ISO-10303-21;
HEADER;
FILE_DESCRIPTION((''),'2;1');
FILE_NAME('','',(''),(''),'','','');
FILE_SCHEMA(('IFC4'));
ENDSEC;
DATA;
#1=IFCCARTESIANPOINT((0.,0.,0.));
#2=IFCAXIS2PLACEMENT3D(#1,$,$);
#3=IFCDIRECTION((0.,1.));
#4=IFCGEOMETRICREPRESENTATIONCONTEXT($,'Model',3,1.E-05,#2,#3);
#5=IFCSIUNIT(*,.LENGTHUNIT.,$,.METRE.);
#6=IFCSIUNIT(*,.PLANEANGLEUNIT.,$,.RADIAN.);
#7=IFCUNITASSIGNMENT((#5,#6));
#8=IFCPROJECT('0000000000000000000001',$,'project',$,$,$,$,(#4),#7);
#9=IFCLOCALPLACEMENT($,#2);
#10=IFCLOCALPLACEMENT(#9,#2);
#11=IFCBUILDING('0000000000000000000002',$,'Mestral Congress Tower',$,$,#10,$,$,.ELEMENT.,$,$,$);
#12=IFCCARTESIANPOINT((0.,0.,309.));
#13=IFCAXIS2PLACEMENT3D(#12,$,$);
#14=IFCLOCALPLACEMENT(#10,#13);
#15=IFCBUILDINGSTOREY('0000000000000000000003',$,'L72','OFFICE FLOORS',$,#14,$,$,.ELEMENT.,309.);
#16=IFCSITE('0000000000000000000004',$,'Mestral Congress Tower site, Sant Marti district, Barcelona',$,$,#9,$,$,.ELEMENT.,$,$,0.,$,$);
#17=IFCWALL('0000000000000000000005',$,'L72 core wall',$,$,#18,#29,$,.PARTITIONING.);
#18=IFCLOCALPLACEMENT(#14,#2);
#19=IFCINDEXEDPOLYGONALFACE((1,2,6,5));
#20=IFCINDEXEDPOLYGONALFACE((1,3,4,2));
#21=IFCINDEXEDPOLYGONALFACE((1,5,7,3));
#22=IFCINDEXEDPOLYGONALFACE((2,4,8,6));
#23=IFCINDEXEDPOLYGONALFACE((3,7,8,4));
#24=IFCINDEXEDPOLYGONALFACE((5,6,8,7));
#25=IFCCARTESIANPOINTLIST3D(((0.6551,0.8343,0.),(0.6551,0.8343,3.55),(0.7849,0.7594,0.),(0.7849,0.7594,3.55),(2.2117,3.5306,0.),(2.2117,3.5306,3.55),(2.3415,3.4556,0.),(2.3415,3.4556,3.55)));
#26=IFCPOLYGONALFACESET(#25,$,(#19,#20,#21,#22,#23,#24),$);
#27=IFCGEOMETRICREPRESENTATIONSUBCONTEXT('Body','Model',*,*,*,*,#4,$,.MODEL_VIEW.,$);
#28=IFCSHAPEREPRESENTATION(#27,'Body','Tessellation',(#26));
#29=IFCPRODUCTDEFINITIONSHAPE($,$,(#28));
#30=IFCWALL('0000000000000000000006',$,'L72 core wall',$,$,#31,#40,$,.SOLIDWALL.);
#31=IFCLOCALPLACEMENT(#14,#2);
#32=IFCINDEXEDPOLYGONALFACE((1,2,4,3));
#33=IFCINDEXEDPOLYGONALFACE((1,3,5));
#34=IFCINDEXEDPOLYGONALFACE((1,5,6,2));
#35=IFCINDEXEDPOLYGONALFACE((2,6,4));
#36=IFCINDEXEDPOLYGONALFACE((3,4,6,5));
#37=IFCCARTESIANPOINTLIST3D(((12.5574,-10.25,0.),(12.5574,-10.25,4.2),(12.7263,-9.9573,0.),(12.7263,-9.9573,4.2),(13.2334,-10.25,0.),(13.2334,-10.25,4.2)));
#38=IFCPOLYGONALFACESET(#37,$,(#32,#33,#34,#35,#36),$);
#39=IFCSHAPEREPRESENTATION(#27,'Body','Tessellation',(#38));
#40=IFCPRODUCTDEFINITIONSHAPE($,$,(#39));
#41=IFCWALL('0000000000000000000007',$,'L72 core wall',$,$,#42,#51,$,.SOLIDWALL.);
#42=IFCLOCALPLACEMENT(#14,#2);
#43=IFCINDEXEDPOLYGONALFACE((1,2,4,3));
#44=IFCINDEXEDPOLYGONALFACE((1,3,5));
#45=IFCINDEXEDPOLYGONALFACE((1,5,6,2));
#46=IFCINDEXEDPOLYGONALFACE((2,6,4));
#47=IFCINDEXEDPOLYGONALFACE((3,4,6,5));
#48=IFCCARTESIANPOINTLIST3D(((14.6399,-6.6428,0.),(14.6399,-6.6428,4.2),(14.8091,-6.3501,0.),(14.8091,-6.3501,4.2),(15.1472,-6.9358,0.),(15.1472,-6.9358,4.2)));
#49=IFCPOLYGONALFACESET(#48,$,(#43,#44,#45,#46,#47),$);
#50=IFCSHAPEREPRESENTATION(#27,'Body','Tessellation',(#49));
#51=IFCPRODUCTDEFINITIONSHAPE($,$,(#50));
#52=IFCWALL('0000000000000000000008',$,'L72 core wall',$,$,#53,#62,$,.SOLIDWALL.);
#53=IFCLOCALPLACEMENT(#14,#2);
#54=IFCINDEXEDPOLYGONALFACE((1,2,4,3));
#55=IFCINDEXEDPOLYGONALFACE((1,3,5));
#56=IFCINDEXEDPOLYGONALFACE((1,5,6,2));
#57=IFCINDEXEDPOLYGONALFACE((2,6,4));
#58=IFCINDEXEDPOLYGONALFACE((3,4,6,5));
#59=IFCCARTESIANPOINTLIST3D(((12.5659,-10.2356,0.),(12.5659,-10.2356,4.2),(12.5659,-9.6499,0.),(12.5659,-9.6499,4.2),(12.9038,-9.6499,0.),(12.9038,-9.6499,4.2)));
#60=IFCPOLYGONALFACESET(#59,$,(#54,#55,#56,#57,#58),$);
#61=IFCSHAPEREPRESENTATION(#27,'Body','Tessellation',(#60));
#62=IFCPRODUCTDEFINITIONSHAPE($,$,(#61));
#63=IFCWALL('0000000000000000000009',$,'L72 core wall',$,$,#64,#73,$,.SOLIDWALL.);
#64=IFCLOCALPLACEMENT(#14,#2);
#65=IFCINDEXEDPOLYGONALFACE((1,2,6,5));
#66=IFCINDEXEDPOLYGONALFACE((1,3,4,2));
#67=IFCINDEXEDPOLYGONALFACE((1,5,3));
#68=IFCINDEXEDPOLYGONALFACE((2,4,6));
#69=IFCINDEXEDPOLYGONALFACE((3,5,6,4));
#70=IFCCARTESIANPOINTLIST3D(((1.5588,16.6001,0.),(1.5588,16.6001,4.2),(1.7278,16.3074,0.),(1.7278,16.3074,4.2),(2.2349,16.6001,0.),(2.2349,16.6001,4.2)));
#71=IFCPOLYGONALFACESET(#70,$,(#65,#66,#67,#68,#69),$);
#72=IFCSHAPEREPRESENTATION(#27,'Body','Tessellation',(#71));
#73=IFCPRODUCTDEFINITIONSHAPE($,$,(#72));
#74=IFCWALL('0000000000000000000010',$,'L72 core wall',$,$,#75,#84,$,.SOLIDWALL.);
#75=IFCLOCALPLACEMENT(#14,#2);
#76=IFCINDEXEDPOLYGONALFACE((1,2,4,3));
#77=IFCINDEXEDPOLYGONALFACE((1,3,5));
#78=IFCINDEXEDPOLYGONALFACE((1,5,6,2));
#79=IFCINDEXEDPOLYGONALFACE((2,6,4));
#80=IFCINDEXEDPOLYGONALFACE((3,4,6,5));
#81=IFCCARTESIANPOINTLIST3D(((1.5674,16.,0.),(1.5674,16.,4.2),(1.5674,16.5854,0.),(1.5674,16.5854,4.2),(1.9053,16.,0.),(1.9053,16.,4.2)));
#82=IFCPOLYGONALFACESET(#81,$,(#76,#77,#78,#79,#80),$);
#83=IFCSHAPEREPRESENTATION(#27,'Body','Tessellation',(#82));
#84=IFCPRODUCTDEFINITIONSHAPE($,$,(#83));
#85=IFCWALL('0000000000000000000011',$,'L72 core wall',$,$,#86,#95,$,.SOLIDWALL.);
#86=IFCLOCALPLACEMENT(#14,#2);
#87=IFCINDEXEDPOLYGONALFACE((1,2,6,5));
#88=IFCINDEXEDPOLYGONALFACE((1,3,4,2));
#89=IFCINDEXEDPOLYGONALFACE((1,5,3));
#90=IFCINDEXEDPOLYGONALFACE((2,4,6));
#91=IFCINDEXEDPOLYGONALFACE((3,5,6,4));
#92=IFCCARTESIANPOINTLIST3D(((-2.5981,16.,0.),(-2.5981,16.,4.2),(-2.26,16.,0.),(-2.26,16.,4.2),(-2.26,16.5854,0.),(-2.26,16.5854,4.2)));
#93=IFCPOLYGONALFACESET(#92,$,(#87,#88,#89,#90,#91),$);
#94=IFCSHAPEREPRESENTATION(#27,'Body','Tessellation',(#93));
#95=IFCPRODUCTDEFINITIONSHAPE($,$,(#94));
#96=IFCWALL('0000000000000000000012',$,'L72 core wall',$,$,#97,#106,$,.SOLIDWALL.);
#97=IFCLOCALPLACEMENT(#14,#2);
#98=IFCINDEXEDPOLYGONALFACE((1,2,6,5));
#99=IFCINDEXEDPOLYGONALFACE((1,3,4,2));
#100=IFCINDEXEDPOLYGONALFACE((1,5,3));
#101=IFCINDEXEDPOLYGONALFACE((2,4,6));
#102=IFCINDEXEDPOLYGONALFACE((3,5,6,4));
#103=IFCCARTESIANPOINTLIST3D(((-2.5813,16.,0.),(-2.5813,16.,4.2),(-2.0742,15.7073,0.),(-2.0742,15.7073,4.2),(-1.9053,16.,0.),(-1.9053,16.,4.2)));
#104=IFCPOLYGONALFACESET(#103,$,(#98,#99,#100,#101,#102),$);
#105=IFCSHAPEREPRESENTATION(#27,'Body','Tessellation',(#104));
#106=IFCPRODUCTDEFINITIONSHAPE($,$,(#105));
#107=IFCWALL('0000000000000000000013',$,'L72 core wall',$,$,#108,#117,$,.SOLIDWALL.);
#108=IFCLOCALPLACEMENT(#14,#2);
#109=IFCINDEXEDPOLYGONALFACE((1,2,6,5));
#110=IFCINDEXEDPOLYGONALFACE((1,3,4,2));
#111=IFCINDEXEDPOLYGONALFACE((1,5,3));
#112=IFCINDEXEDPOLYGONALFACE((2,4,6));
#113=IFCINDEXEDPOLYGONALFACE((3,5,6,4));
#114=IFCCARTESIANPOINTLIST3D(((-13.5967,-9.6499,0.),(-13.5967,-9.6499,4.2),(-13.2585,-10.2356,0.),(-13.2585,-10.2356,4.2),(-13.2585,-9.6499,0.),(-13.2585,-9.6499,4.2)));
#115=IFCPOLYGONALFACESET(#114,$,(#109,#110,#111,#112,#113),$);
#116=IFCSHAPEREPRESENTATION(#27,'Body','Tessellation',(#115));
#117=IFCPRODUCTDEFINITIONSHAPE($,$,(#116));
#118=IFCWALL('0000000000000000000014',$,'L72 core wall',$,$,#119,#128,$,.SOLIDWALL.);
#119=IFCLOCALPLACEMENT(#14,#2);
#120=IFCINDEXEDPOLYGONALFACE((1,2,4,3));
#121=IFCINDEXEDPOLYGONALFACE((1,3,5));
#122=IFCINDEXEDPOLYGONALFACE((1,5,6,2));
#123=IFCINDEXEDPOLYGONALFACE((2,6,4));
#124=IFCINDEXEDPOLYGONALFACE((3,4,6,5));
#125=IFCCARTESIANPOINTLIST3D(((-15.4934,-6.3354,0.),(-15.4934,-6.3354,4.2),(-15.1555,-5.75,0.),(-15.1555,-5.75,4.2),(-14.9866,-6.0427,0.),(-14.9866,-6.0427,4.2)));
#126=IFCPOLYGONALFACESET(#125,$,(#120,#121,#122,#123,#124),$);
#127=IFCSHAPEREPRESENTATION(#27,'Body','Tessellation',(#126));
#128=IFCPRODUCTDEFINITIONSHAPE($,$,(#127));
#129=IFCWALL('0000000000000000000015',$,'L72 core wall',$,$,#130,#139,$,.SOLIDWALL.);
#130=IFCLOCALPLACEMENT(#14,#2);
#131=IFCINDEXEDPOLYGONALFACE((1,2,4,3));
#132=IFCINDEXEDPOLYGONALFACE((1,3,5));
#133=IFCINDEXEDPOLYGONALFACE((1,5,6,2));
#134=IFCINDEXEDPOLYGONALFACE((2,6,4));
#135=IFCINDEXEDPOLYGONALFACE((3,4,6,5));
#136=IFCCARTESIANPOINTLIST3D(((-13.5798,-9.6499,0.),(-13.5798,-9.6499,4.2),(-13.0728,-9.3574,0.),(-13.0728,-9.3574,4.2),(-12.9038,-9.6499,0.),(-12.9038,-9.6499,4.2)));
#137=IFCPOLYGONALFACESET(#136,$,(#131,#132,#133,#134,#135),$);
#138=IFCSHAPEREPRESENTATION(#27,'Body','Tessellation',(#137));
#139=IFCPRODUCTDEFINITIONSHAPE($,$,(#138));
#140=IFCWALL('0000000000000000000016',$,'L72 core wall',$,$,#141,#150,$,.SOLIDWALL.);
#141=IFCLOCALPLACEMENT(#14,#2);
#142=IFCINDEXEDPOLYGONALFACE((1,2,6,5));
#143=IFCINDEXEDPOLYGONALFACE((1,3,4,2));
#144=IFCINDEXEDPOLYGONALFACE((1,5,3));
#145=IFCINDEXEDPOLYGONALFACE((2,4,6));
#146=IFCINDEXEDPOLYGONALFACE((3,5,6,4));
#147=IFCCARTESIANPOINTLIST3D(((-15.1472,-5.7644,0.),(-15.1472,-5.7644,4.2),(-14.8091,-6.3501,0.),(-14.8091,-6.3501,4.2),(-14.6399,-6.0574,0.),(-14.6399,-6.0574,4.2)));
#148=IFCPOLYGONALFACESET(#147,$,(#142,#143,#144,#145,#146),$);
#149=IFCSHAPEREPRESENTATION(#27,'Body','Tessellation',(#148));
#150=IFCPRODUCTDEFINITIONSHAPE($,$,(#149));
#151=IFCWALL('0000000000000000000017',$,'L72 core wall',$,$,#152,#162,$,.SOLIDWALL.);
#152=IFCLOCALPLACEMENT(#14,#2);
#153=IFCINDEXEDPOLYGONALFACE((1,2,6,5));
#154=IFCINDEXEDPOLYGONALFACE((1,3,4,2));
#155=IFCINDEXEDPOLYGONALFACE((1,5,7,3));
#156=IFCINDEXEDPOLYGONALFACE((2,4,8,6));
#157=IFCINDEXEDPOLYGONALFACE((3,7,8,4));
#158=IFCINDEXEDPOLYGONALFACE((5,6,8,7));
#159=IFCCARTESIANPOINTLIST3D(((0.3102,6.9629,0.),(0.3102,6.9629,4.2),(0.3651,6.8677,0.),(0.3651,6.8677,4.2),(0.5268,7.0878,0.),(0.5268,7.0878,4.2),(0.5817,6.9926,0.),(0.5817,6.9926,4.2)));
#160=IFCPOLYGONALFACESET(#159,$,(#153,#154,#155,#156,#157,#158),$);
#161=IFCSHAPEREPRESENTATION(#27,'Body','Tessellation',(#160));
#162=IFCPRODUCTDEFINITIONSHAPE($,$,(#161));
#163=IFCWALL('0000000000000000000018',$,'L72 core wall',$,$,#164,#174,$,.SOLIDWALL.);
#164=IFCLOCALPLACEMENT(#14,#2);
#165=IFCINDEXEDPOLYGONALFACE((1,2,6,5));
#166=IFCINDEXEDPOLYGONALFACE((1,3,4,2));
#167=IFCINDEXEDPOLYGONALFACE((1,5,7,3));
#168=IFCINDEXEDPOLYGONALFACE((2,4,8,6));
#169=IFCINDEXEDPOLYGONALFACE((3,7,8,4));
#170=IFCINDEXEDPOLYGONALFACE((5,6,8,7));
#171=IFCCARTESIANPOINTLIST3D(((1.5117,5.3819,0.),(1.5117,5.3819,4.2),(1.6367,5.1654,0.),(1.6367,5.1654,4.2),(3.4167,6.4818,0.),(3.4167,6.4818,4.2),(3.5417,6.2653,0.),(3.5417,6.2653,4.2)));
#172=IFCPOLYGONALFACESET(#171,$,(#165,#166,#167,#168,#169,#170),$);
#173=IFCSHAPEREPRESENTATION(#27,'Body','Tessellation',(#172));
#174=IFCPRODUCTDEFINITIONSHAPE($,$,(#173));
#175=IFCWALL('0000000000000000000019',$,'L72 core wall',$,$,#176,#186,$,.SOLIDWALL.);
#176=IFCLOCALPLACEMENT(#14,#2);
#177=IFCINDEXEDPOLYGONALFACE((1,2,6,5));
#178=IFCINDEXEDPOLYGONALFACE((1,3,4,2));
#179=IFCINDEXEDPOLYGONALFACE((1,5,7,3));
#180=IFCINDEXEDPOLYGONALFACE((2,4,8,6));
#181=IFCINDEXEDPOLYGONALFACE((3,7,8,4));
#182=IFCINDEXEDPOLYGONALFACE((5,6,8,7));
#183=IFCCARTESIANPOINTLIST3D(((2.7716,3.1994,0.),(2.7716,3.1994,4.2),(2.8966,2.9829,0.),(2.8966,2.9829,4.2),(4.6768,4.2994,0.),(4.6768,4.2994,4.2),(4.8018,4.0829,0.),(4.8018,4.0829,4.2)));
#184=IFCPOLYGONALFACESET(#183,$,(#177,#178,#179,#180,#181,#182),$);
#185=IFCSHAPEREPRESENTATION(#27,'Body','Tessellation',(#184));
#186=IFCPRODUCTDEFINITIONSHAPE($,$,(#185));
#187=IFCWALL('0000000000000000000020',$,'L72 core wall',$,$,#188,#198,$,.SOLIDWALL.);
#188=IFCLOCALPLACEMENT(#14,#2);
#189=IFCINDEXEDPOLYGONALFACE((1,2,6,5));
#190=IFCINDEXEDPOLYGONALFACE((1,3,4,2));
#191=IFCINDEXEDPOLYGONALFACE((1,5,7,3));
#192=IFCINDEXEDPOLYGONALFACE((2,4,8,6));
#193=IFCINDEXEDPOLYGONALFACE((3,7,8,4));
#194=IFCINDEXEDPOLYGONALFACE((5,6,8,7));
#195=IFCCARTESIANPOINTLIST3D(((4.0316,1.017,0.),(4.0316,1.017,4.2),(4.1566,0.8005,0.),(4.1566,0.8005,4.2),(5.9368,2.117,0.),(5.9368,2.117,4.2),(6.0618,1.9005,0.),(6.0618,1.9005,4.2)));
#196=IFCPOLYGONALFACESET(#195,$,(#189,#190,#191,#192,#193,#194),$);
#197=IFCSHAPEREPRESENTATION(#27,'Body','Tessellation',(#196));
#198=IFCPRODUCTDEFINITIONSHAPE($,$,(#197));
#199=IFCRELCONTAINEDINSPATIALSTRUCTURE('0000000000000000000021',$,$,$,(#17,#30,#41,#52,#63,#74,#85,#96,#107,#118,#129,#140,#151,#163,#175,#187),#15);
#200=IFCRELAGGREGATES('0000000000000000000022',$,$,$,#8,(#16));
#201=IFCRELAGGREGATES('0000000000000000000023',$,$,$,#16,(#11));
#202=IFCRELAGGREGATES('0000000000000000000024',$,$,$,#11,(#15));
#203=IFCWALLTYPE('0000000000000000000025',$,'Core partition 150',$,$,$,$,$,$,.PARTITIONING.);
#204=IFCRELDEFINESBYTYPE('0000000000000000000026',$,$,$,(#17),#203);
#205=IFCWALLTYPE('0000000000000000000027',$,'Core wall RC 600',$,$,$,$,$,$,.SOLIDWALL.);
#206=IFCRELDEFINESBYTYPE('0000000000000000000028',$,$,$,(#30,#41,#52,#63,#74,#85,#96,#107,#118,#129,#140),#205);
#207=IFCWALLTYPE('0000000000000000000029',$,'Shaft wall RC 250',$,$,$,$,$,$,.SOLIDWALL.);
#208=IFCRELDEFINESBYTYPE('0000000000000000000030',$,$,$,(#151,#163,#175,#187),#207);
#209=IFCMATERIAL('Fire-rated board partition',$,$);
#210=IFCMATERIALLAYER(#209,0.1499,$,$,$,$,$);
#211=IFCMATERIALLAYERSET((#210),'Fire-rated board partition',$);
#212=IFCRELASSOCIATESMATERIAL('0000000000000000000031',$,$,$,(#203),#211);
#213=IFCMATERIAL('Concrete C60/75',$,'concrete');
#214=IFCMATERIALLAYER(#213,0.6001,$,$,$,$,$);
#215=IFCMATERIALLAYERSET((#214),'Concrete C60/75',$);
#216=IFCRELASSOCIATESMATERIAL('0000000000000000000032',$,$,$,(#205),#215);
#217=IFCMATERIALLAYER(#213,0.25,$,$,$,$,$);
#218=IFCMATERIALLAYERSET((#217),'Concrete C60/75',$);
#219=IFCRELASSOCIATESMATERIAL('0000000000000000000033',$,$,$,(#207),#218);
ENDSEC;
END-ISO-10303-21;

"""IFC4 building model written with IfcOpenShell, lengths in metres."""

from ifc_helpers import new_model, si_unit, direction, frame, frame_2d, origin, place, context, subcontext, project, spatial, polyline, rectangle, outline, extrude, material, layer, layer_set, type_object, element, save


model = new_model("IFC4")

# Units and contexts
model_context = context("Model", 3, precision=1e-05, world=origin(), true_north=direction((0.0, 1.0)))
body_context = subcontext(model_context, "Body", "Model", "MODEL_VIEW")
ifc_project = project(units=[si_unit("LENGTHUNIT", "METRE"), si_unit("PLANEANGLEUNIT", "RADIAN")], contexts=[model_context])

# Site, building, storey
site_placement = place(None, origin())
site = spatial("IfcSite", under=ifc_project, at=site_placement, Name="Mestral Congress Tower site, Sant Marti district, Barcelona", CompositionType="ELEMENT", RefElevation=0.0)
building_placement = place(site_placement, origin())
building = spatial("IfcBuilding", under=site, at=building_placement, Name="Mestral Congress Tower", CompositionType="ELEMENT")
storey_placement = place(building_placement, frame((0.0, 0.0, 309.0)))
storey = spatial("IfcBuildingStorey", under=building, at=storey_placement, Name="L72", Description="OFFICE FLOORS", CompositionType="ELEMENT", Elevation=309.0)

# Walls
ifc_material_1 = material(Name="Fire-rated board partition")
ifc_layer_1 = layer(ifc_material_1, 0.1499)
ifc_layer_set_1 = layer_set([ifc_layer_1], Name="Fire-rated board partition")
wall_type_1 = type_object("IfcWallType", Name="Core partition 150", PredefinedType="PARTITIONING", material=ifc_layer_set_1)
wall_1_placement = place(storey_placement, frame((0.72, 0.7969, 0.0), z_axis=(0.0, 0.0, 1.0), x_axis=(0.499985, 0.866034, 0.0)))
element("IfcWall", 1, at=wall_1_placement, inside=storey, type_object=wall_type_1, Name="L72 core wall", PredefinedType="PARTITIONING", context=body_context, shape_type="SweptSolid", body=[
    extrude(rectangle(XDim=3.1133, YDim=0.1499, at=frame_2d((1.5566, 0.0))), origin(), (0.0, 0.0, 1.0), 3.55),
])
ifc_material_2 = material(Name="Concrete C60/75", Category="concrete")
ifc_layer_2 = layer(ifc_material_2, 0.6001)
ifc_layer_set_2 = layer_set([ifc_layer_2], Name="Concrete C60/75")
wall_type_2 = type_object("IfcWallType", Name="Core wall RC 600", PredefinedType="SOLIDWALL", material=ifc_layer_set_2)
placement = place(storey_placement, origin())
element("IfcWall", 2, at=placement, inside=storey, type_object=wall_type_2, Name="L72 core wall", PredefinedType="SOLIDWALL", context=body_context, shape_type="SweptSolid", body=[
    extrude(outline(polyline([(12.7263, -9.9573), (13.2334, -10.25), (12.5574, -10.25), (12.7263, -9.9573)])), origin(), (0.0, 0.0, 1.0), 4.2),
])
element("IfcWall", 3, at=placement, inside=storey, type_object=wall_type_2, Name="L72 core wall", PredefinedType="SOLIDWALL", context=body_context, shape_type="SweptSolid", body=[
    extrude(outline(polyline([(14.8091, -6.3501), (15.1472, -6.9358), (14.6399, -6.6428), (14.8091, -6.3501)])), origin(), (0.0, 0.0, 1.0), 4.2),
])
element("IfcWall", 4, at=placement, inside=storey, type_object=wall_type_2, Name="L72 core wall", PredefinedType="SOLIDWALL", context=body_context, shape_type="SweptSolid", body=[
    extrude(outline(polyline([(12.9038, -9.6499), (12.5659, -10.2356), (12.5659, -9.6499), (12.9038, -9.6499)])), origin(), (0.0, 0.0, 1.0), 4.2),
])
element("IfcWall", 5, at=placement, inside=storey, type_object=wall_type_2, Name="L72 core wall", PredefinedType="SOLIDWALL", context=body_context, shape_type="SweptSolid", body=[
    extrude(outline(polyline([(1.5588, 16.6001), (2.2349, 16.6001), (1.7278, 16.3074), (1.5588, 16.6001)])), origin(), (0.0, 0.0, 1.0), 4.2),
])
element("IfcWall", 6, at=placement, inside=storey, type_object=wall_type_2, Name="L72 core wall", PredefinedType="SOLIDWALL", context=body_context, shape_type="SweptSolid", body=[
    extrude(outline(polyline([(1.9053, 16.0), (1.5674, 16.0), (1.5674, 16.5854), (1.9053, 16.0)])), origin(), (0.0, 0.0, 1.0), 4.2),
])
element("IfcWall", 7, at=placement, inside=storey, type_object=wall_type_2, Name="L72 core wall", PredefinedType="SOLIDWALL", context=body_context, shape_type="SweptSolid", body=[
    extrude(outline(polyline([(-2.5981, 16.0), (-2.26, 16.5854), (-2.26, 16.0), (-2.5981, 16.0)])), origin(), (0.0, 0.0, 1.0), 4.2),
])
element("IfcWall", 8, at=placement, inside=storey, type_object=wall_type_2, Name="L72 core wall", PredefinedType="SOLIDWALL", context=body_context, shape_type="SweptSolid", body=[
    extrude(outline(polyline([(-1.9053, 16.0), (-2.0742, 15.7073), (-2.5813, 16.0), (-1.9053, 16.0)])), origin(), (0.0, 0.0, 1.0), 4.2),
])
element("IfcWall", 9, at=placement, inside=storey, type_object=wall_type_2, Name="L72 core wall", PredefinedType="SOLIDWALL", context=body_context, shape_type="SweptSolid", body=[
    extrude(outline(polyline([(-13.5967, -9.6499), (-13.2585, -9.6499), (-13.2585, -10.2356), (-13.5967, -9.6499)])), origin(), (0.0, 0.0, 1.0), 4.2),
])
element("IfcWall", 10, at=placement, inside=storey, type_object=wall_type_2, Name="L72 core wall", PredefinedType="SOLIDWALL", context=body_context, shape_type="SweptSolid", body=[
    extrude(outline(polyline([(-14.9866, -6.0427), (-15.4934, -6.3354), (-15.1555, -5.75), (-14.9866, -6.0427)])), origin(), (0.0, 0.0, 1.0), 4.2),
])
element("IfcWall", 11, at=placement, inside=storey, type_object=wall_type_2, Name="L72 core wall", PredefinedType="SOLIDWALL", context=body_context, shape_type="SweptSolid", body=[
    extrude(outline(polyline([(-12.9038, -9.6499), (-13.5798, -9.6499), (-13.0728, -9.3574), (-12.9038, -9.6499)])), origin(), (0.0, 0.0, 1.0), 4.2),
])
element("IfcWall", 12, at=placement, inside=storey, type_object=wall_type_2, Name="L72 core wall", PredefinedType="SOLIDWALL", context=body_context, shape_type="SweptSolid", body=[
    extrude(outline(polyline([(-14.8091, -6.3501), (-15.1472, -5.7644), (-14.6399, -6.0574), (-14.8091, -6.3501)])), origin(), (0.0, 0.0, 1.0), 4.2),
])
ifc_layer_3 = layer(ifc_material_2, 0.25)
ifc_layer_set_3 = layer_set([ifc_layer_3], Name="Concrete C60/75")
wall_type_3 = type_object("IfcWallType", Name="Shaft wall RC 250", PredefinedType="SOLIDWALL", material=ifc_layer_set_3)
wall_2_placement = place(storey_placement, frame((0.4734, 6.9302, 0.0), z_axis=(0.0, 0.0, 1.0), x_axis=(-0.499722, 0.866186, 0.0)))
element("IfcWall", 13, at=wall_2_placement, inside=storey, type_object=wall_type_3, Name="L72 core wall", PredefinedType="SOLIDWALL", context=body_context, shape_type="SweptSolid", body=[
    extrude(rectangle(XDim=0.1099, YDim=0.25, at=frame_2d((0.0549, 0.0))), origin(), (0.0, 0.0, 1.0), 4.2),
])
wall_3_placement = place(storey_placement, frame((1.5742, 5.2737, 0.0), z_axis=(0.0, 0.0, 1.0), x_axis=(0.866028, 0.499995, 0.0)))
element("IfcWall", 14, at=wall_3_placement, inside=storey, type_object=wall_type_3, Name="L72 core wall", PredefinedType="SOLIDWALL", context=body_context, shape_type="SweptSolid", body=[
    extrude(rectangle(XDim=2.1997, YDim=0.25, at=frame_2d((1.0999, 0.0))), origin(), (0.0, 0.0, 1.0), 4.2),
])
for number, where, z_axis, x_axis, name in (
    (15, (2.834, 3.0911, 0.0), (0.0, 0.0, 1.0), (0.866008, 0.50003, 0.0), "L72 core wall"),
    (16, (4.094, 0.9087, 0.0), (0.0, 0.0, 1.0), (0.866008, 0.50003, 0.0), "L72 core wall"),
):
    element("IfcWall", number, at=place(storey_placement, frame(where, z_axis=z_axis, x_axis=x_axis)), inside=storey, type_object=wall_type_3, Name=name, PredefinedType="SOLIDWALL", context=body_context, shape_type="SweptSolid", body=[
        extrude(rectangle(XDim=2.2, YDim=0.25, at=frame_2d((1.1001, 0.0))), origin(), (0.0, 0.0, 1.0), 4.2),
    ])

save(model, "model.ifc")
